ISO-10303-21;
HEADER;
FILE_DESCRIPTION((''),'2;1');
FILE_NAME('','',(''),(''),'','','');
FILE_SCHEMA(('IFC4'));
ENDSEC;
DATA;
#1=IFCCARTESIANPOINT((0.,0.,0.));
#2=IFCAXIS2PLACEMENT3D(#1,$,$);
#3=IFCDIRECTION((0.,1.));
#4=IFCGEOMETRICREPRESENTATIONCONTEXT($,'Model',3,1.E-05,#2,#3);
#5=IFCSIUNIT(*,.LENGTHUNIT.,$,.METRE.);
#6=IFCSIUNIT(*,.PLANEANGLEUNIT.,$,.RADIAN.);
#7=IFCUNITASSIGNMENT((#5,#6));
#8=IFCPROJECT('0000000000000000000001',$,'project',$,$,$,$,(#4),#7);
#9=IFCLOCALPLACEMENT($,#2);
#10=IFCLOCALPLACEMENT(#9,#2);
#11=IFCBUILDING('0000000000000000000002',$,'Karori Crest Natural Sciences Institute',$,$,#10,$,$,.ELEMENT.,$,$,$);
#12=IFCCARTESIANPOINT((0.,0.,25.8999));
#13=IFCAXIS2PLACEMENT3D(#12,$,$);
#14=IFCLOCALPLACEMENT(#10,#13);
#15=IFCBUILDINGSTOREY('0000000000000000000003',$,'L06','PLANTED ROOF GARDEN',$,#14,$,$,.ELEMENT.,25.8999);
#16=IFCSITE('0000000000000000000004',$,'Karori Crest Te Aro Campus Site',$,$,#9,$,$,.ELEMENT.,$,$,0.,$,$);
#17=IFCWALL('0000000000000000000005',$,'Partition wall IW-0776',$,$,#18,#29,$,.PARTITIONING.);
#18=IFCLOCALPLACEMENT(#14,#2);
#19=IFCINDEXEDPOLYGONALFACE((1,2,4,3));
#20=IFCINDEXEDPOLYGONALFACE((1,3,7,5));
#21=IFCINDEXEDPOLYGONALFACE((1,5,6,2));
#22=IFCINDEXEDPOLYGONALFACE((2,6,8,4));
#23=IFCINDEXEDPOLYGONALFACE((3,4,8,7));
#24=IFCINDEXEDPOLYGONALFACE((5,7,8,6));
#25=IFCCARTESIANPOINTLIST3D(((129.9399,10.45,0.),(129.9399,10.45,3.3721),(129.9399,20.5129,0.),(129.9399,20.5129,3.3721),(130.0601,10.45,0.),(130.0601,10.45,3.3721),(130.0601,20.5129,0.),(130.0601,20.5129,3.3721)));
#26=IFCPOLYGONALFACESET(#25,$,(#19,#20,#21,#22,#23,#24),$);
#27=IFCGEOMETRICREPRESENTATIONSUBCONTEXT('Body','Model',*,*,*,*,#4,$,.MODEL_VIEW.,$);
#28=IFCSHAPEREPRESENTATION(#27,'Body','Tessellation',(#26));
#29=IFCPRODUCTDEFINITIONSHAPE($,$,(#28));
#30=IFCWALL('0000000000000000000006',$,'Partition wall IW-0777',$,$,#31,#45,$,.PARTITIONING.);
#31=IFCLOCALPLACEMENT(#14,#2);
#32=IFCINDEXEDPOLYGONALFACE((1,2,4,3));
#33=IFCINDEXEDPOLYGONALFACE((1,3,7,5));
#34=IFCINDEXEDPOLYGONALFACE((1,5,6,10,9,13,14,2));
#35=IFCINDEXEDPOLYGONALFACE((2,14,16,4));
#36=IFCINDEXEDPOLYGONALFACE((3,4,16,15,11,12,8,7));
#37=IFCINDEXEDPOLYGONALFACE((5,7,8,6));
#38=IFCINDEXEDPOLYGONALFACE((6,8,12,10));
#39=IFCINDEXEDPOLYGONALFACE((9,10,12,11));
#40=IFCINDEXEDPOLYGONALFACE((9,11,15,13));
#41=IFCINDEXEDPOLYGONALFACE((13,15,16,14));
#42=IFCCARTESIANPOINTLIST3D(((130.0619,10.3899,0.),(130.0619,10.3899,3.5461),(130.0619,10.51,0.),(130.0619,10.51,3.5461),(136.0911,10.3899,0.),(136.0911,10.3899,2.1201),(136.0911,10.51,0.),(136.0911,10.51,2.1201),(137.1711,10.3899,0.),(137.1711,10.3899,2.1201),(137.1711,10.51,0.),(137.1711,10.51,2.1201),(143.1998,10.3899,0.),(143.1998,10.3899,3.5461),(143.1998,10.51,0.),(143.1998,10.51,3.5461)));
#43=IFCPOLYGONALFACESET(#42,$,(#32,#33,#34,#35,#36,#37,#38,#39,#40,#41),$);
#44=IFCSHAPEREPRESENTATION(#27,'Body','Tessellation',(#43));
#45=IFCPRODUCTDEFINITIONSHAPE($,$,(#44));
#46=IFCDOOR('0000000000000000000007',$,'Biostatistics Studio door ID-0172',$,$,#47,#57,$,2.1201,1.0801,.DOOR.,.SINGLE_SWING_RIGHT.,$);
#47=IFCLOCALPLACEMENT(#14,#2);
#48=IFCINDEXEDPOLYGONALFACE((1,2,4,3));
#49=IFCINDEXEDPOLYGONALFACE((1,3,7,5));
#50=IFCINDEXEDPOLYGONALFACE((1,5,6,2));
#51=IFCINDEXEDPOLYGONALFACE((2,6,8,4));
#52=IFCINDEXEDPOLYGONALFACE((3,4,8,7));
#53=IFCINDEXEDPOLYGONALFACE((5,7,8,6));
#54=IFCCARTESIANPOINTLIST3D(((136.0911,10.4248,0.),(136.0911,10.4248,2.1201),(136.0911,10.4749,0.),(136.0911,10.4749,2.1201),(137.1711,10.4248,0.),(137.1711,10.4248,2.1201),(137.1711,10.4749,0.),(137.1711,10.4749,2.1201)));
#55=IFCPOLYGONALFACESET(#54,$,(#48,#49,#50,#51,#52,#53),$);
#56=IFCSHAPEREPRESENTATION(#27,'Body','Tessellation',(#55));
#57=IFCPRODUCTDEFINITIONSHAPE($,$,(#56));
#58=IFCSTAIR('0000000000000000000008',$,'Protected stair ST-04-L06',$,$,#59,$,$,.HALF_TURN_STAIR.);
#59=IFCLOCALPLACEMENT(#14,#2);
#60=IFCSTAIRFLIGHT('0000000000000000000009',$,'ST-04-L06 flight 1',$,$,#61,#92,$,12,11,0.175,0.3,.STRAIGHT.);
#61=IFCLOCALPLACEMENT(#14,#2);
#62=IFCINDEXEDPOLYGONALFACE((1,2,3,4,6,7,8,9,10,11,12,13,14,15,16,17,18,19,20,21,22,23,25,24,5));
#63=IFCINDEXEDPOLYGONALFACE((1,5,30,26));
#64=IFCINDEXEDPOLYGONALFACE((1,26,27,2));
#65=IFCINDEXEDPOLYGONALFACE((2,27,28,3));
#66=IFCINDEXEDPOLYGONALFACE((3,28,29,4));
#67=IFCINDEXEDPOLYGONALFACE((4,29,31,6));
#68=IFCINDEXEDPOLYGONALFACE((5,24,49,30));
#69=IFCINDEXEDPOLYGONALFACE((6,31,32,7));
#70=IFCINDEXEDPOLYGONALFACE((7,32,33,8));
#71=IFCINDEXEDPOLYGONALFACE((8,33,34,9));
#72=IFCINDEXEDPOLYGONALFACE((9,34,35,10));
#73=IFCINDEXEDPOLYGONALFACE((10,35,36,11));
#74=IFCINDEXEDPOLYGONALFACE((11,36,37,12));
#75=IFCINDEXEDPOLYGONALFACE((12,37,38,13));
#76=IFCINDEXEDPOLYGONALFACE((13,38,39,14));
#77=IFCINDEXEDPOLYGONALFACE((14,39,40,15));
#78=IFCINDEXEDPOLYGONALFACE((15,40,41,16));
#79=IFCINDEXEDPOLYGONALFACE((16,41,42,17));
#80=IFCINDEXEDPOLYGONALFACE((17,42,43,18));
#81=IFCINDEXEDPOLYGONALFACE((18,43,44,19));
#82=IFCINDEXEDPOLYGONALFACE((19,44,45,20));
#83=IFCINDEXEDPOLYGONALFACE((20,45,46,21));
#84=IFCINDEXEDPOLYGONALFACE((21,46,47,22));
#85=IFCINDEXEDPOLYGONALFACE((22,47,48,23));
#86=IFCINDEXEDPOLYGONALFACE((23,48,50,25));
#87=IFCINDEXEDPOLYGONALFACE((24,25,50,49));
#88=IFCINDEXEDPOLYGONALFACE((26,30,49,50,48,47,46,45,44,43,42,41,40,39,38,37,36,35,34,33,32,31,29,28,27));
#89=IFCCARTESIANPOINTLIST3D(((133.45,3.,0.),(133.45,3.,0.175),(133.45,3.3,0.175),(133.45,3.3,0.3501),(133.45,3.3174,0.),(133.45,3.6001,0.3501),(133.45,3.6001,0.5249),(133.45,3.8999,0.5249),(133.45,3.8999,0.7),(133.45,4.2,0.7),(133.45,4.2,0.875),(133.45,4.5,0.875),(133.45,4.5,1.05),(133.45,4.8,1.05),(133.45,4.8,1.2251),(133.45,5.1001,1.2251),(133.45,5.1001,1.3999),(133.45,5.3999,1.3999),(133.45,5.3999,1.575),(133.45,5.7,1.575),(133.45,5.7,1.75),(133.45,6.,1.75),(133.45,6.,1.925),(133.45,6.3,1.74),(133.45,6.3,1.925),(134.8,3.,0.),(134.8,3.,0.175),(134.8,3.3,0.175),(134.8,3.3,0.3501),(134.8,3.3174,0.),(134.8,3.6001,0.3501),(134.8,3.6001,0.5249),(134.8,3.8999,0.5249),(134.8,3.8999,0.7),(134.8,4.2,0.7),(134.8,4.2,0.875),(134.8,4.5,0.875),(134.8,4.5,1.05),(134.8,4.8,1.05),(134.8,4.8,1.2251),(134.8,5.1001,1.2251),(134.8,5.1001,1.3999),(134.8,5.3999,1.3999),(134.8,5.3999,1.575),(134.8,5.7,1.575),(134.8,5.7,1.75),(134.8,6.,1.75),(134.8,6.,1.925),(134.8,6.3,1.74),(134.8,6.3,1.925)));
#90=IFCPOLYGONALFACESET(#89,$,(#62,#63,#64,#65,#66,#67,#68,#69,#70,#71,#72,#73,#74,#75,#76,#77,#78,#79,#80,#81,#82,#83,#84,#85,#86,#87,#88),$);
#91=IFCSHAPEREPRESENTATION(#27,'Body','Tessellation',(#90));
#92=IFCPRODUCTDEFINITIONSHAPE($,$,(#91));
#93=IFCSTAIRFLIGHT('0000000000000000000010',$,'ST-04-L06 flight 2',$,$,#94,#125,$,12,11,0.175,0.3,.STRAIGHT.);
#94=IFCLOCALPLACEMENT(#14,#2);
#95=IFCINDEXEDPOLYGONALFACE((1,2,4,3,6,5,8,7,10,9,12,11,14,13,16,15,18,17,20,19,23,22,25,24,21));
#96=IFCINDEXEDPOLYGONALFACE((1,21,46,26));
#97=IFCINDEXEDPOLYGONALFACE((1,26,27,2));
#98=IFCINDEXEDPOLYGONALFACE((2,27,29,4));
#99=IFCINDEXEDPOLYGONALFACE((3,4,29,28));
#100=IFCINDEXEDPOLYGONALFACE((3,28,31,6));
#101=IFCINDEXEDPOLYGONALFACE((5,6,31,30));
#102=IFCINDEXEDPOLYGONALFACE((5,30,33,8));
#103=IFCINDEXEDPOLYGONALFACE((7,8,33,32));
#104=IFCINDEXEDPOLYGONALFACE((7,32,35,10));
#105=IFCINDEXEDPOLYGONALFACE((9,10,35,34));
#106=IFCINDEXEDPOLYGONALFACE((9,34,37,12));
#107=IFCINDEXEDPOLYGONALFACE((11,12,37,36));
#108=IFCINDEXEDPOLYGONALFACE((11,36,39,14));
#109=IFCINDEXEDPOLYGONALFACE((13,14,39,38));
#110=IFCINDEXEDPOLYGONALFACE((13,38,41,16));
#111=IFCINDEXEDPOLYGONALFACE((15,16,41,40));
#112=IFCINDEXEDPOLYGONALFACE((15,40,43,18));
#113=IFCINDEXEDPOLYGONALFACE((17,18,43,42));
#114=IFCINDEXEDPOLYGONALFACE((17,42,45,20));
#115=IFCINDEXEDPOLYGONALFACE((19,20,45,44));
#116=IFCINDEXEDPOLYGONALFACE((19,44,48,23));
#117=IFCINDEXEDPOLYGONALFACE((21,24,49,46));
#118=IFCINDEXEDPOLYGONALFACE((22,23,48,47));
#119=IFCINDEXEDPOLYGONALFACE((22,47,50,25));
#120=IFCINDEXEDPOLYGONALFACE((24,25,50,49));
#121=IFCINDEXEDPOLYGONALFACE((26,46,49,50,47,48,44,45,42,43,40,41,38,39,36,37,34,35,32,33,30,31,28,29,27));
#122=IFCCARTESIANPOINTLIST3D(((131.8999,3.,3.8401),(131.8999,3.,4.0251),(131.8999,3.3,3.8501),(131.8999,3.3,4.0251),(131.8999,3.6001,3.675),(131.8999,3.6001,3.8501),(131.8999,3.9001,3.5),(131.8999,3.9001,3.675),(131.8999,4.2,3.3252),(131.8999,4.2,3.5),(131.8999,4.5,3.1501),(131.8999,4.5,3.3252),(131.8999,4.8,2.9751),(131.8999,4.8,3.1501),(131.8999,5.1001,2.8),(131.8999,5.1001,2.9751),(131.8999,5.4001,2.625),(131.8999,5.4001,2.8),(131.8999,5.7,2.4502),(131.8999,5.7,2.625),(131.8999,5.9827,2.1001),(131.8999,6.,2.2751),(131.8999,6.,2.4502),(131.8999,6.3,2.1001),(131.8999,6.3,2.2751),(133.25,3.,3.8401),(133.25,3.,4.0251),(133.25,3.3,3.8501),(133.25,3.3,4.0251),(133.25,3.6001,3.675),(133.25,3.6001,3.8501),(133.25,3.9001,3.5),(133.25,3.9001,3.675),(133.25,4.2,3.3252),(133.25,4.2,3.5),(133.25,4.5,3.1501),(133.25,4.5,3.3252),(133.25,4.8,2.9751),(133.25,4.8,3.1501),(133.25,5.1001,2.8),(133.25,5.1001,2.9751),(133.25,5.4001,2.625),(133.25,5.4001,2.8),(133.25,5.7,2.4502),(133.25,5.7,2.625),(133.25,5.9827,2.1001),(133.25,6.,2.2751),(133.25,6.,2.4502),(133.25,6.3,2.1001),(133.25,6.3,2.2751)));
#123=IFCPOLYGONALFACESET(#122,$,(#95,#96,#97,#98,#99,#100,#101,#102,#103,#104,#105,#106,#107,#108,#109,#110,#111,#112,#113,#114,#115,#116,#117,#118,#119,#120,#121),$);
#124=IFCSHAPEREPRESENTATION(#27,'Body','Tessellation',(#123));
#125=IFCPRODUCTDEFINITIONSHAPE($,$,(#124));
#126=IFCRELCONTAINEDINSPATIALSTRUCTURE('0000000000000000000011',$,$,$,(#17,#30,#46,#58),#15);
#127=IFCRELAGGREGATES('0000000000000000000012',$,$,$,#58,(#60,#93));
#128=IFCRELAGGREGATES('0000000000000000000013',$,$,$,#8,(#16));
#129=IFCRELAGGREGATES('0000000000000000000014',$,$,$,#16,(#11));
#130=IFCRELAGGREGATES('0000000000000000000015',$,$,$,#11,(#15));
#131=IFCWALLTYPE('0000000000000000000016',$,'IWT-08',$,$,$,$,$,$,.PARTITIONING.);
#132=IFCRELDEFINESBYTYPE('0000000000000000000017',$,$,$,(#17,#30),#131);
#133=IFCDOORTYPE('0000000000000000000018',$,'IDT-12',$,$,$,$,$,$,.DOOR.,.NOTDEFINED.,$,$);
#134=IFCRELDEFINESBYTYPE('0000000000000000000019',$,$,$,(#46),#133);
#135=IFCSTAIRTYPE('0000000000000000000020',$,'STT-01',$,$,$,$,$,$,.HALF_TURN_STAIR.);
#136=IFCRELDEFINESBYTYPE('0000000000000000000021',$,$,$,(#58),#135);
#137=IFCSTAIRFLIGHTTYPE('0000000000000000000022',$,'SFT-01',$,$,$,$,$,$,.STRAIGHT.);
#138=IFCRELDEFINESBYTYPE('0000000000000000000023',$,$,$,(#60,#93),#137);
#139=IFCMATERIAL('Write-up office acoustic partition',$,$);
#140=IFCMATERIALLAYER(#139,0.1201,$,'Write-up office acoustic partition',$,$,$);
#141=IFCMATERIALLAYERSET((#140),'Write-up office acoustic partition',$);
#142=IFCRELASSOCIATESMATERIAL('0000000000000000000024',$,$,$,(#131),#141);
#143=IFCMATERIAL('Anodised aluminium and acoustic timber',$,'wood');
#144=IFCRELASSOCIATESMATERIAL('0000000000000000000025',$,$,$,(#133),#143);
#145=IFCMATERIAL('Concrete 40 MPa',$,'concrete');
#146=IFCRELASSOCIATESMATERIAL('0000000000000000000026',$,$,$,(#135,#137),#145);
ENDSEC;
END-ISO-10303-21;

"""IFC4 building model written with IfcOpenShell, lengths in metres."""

from ifc_helpers import new_model, si_unit, direction, frame, frame_2d, origin, place, context, subcontext, project, spatial, polyline, rectangle, outline, extrude, material, layer, layer_set, type_object, element, fill, aggregate, save


model = new_model("IFC4")

# Units and contexts
model_context = context("Model", 3, precision=1e-05, world=origin(), true_north=direction((0.0, 1.0)))
body_context = subcontext(model_context, "Body", "Model", "MODEL_VIEW")
ifc_project = project(units=[si_unit("LENGTHUNIT", "METRE"), si_unit("PLANEANGLEUNIT", "RADIAN")], contexts=[model_context])

# Site, building, storey
site_placement = place(None, origin())
site = spatial("IfcSite", under=ifc_project, at=site_placement, Name="Karori Crest Te Aro Campus Site", CompositionType="ELEMENT", RefElevation=0.0)
building_placement = place(site_placement, origin())
building = spatial("IfcBuilding", under=site, at=building_placement, Name="Karori Crest Natural Sciences Institute", CompositionType="ELEMENT")
storey_placement = place(building_placement, frame((0.0, 0.0, 25.8999)))
storey = spatial("IfcBuildingStorey", under=building, at=storey_placement, Name="L06", Description="PLANTED ROOF GARDEN", CompositionType="ELEMENT", Elevation=25.8999)

# Shared definitions
ifc_material_1 = material(Name="Concrete 40 MPa", Category="concrete")

# Wall
ifc_material_2 = material(Name="Write-up office acoustic partition")
ifc_layer_1 = layer(ifc_material_2, 0.1201, Name="Write-up office acoustic partition")
ifc_layer_set_1 = layer_set([ifc_layer_1], Name="Write-up office acoustic partition")
wall_type_1 = type_object("IfcWallType", Name="IWT-08", PredefinedType="PARTITIONING", material=ifc_layer_set_1)
wall_1_placement = place(storey_placement, frame((130.0, 10.45, 0.0), z_axis=(0.0, 0.0, 1.0), x_axis=(0.0, 1.0, 0.0)))
element("IfcWall", 1, at=wall_1_placement, inside=storey, type_object=wall_type_1, Name="Partition wall IW-0776", PredefinedType="PARTITIONING", context=body_context, shape_type="SweptSolid", body=[
    extrude(rectangle(XDim=10.063, YDim=0.1201, at=frame_2d((5.0315, 0.0))), origin(), (0.0, 0.0, 1.0), 3.3721),
])

# Wall, opening, door
wall_2_placement = place(storey_placement, frame((130.062, 10.45, 0.0), z_axis=(0.0, 0.0, 1.0), x_axis=(1.0, 0.0, 0.0)))
wall_2 = element("IfcWall", 2, at=wall_2_placement, inside=storey, type_object=wall_type_1, Name="Partition wall IW-0777", PredefinedType="PARTITIONING", context=body_context, shape_type="SweptSolid", body=[
    extrude(rectangle(XDim=13.1379, YDim=0.1201, at=frame_2d((6.5688, 0.0))), origin(), (0.0, 0.0, 1.0), 3.5461),
])
opening_1_placement = place(wall_2_placement, frame((6.0291, 0.0, 0.0)))
opening_1 = element("IfcOpeningElement", 3, at=opening_1_placement, cuts=wall_2, PredefinedType="OPENING", context=body_context, shape_type="SweptSolid", body=[
    extrude(rectangle(XDim=1.0801, YDim=2.1201, at=frame_2d((0.54, 1.0601))), frame((0.0, 0.0701, 0.0), z_axis=(0.0, -1.0, 0.0), x_axis=(1.0, 0.0, 0.0)), (0.0, 0.0, 1.0), 0.1401),
])
ifc_material_3 = material(Name="Anodised aluminium and acoustic timber", Category="wood")
door_type_1 = type_object("IfcDoorType", Name="IDT-12", OperationType="NOTDEFINED", PredefinedType="DOOR", material=ifc_material_3)
door_1_placement = place(opening_1_placement, origin())
door_1 = element("IfcDoor", 4, at=door_1_placement, inside=storey, type_object=door_type_1, Name="Biostatistics Studio door ID-0172", OperationType="SINGLE_SWING_RIGHT", OverallHeight=2.1201, OverallWidth=1.0801, PredefinedType="DOOR", context=body_context, shape_type="SweptSolid", body=[
    extrude(rectangle(XDim=1.0801, YDim=2.1201, at=frame_2d((0.54, 1.0601))), frame((0.0, 0.0249, 0.0), z_axis=(0.0, -1.0, 0.0), x_axis=(1.0, 0.0, 0.0)), (0.0, 0.0, 1.0), 0.05),
])
fill(opening_1, door_1)

# Stair, stair flights
stair_type = type_object("IfcStairType", Name="STT-01", PredefinedType="HALF_TURN_STAIR", material=ifc_material_1)
stair_placement = place(storey_placement, origin())
stair = element("IfcStair", 5, at=stair_placement, inside=storey, type_object=stair_type, Name="Protected stair ST-04-L06", PredefinedType="HALF_TURN_STAIR")
stair_flight_type = type_object("IfcStairFlightType", Name="SFT-01", PredefinedType="STRAIGHT", material=ifc_material_1)
stair_flight_1_placement = place(storey_placement, frame((134.125, 3.0, 0.0), z_axis=(0.0, 0.0, 1.0), x_axis=(0.0, 1.0, 0.0)))
stair_flight_1 = element("IfcStairFlight", 6, at=stair_flight_1_placement, type_object=stair_flight_type, Name="ST-04-L06 flight 1", NumberOfRisers=12, NumberOfTreads=11, PredefinedType="STRAIGHT", RiserHeight=0.175, TreadLength=0.3, context=body_context, shape_type="SweptSolid", body=[
    extrude(outline(polyline([(0.0, 0.0), (0.0, 0.175), (0.3, 0.175), (0.3, 0.3501), (0.6001, 0.3501), (0.6001, 0.5249), (0.8999, 0.5249), (0.8999, 0.7), (1.2, 0.7), (1.2, 0.875), (1.5, 0.875), (1.5, 1.05), (1.8, 1.05), (1.8, 1.2251), (2.1001, 1.2251), (2.1001, 1.3999), (2.3999, 1.3999), (2.3999, 1.575), (2.7, 1.575), (2.7, 1.75), (3.0, 1.75), (3.0, 1.925), (3.3, 1.925), (3.3, 2.1001), (3.3, 1.74), (0.3174, 0.0), (0.0, 0.0)])), frame((0.0, 0.675, 0.0), z_axis=(0.0, -1.0, 0.0), x_axis=(1.0, 0.0, 0.0)), (0.0, 0.0, 1.0), 1.3501),
])
stair_flight_2_placement = place(storey_placement, frame((132.575, 6.3, 2.1001), z_axis=(0.0, 0.0, 1.0), x_axis=(0.0, -1.0, 0.0)))
stair_flight_2 = element("IfcStairFlight", 7, at=stair_flight_2_placement, type_object=stair_flight_type, Name="ST-04-L06 flight 2", NumberOfRisers=12, NumberOfTreads=11, PredefinedType="STRAIGHT", RiserHeight=0.175, TreadLength=0.3, context=body_context, shape_type="SweptSolid", body=[
    extrude(outline(polyline([(0.0, 0.0), (0.0, 0.175), (0.3, 0.175), (0.3, 0.3501), (0.6001, 0.3501), (0.6001, 0.5249), (0.8999, 0.5249), (0.8999, 0.7), (1.2, 0.7), (1.2, 0.875), (1.5, 0.875), (1.5, 1.05), (1.8, 1.05), (1.8, 1.2251), (2.1001, 1.2251), (2.1001, 1.3999), (2.3999, 1.3999), (2.3999, 1.575), (2.7, 1.575), (2.7, 1.75), (3.0, 1.75), (3.0, 1.925), (3.3, 1.925), (3.3, 2.1001), (3.3, 1.74), (0.3174, 0.0), (0.0, 0.0)])), frame((0.0, 0.675, 0.0), z_axis=(0.0, -1.0, 0.0), x_axis=(1.0, 0.0, 0.0)), (0.0, 0.0, 1.0), 1.3501),
])
aggregate(stair, [stair_flight_1, stair_flight_2])

save(model, "model.ifc")
